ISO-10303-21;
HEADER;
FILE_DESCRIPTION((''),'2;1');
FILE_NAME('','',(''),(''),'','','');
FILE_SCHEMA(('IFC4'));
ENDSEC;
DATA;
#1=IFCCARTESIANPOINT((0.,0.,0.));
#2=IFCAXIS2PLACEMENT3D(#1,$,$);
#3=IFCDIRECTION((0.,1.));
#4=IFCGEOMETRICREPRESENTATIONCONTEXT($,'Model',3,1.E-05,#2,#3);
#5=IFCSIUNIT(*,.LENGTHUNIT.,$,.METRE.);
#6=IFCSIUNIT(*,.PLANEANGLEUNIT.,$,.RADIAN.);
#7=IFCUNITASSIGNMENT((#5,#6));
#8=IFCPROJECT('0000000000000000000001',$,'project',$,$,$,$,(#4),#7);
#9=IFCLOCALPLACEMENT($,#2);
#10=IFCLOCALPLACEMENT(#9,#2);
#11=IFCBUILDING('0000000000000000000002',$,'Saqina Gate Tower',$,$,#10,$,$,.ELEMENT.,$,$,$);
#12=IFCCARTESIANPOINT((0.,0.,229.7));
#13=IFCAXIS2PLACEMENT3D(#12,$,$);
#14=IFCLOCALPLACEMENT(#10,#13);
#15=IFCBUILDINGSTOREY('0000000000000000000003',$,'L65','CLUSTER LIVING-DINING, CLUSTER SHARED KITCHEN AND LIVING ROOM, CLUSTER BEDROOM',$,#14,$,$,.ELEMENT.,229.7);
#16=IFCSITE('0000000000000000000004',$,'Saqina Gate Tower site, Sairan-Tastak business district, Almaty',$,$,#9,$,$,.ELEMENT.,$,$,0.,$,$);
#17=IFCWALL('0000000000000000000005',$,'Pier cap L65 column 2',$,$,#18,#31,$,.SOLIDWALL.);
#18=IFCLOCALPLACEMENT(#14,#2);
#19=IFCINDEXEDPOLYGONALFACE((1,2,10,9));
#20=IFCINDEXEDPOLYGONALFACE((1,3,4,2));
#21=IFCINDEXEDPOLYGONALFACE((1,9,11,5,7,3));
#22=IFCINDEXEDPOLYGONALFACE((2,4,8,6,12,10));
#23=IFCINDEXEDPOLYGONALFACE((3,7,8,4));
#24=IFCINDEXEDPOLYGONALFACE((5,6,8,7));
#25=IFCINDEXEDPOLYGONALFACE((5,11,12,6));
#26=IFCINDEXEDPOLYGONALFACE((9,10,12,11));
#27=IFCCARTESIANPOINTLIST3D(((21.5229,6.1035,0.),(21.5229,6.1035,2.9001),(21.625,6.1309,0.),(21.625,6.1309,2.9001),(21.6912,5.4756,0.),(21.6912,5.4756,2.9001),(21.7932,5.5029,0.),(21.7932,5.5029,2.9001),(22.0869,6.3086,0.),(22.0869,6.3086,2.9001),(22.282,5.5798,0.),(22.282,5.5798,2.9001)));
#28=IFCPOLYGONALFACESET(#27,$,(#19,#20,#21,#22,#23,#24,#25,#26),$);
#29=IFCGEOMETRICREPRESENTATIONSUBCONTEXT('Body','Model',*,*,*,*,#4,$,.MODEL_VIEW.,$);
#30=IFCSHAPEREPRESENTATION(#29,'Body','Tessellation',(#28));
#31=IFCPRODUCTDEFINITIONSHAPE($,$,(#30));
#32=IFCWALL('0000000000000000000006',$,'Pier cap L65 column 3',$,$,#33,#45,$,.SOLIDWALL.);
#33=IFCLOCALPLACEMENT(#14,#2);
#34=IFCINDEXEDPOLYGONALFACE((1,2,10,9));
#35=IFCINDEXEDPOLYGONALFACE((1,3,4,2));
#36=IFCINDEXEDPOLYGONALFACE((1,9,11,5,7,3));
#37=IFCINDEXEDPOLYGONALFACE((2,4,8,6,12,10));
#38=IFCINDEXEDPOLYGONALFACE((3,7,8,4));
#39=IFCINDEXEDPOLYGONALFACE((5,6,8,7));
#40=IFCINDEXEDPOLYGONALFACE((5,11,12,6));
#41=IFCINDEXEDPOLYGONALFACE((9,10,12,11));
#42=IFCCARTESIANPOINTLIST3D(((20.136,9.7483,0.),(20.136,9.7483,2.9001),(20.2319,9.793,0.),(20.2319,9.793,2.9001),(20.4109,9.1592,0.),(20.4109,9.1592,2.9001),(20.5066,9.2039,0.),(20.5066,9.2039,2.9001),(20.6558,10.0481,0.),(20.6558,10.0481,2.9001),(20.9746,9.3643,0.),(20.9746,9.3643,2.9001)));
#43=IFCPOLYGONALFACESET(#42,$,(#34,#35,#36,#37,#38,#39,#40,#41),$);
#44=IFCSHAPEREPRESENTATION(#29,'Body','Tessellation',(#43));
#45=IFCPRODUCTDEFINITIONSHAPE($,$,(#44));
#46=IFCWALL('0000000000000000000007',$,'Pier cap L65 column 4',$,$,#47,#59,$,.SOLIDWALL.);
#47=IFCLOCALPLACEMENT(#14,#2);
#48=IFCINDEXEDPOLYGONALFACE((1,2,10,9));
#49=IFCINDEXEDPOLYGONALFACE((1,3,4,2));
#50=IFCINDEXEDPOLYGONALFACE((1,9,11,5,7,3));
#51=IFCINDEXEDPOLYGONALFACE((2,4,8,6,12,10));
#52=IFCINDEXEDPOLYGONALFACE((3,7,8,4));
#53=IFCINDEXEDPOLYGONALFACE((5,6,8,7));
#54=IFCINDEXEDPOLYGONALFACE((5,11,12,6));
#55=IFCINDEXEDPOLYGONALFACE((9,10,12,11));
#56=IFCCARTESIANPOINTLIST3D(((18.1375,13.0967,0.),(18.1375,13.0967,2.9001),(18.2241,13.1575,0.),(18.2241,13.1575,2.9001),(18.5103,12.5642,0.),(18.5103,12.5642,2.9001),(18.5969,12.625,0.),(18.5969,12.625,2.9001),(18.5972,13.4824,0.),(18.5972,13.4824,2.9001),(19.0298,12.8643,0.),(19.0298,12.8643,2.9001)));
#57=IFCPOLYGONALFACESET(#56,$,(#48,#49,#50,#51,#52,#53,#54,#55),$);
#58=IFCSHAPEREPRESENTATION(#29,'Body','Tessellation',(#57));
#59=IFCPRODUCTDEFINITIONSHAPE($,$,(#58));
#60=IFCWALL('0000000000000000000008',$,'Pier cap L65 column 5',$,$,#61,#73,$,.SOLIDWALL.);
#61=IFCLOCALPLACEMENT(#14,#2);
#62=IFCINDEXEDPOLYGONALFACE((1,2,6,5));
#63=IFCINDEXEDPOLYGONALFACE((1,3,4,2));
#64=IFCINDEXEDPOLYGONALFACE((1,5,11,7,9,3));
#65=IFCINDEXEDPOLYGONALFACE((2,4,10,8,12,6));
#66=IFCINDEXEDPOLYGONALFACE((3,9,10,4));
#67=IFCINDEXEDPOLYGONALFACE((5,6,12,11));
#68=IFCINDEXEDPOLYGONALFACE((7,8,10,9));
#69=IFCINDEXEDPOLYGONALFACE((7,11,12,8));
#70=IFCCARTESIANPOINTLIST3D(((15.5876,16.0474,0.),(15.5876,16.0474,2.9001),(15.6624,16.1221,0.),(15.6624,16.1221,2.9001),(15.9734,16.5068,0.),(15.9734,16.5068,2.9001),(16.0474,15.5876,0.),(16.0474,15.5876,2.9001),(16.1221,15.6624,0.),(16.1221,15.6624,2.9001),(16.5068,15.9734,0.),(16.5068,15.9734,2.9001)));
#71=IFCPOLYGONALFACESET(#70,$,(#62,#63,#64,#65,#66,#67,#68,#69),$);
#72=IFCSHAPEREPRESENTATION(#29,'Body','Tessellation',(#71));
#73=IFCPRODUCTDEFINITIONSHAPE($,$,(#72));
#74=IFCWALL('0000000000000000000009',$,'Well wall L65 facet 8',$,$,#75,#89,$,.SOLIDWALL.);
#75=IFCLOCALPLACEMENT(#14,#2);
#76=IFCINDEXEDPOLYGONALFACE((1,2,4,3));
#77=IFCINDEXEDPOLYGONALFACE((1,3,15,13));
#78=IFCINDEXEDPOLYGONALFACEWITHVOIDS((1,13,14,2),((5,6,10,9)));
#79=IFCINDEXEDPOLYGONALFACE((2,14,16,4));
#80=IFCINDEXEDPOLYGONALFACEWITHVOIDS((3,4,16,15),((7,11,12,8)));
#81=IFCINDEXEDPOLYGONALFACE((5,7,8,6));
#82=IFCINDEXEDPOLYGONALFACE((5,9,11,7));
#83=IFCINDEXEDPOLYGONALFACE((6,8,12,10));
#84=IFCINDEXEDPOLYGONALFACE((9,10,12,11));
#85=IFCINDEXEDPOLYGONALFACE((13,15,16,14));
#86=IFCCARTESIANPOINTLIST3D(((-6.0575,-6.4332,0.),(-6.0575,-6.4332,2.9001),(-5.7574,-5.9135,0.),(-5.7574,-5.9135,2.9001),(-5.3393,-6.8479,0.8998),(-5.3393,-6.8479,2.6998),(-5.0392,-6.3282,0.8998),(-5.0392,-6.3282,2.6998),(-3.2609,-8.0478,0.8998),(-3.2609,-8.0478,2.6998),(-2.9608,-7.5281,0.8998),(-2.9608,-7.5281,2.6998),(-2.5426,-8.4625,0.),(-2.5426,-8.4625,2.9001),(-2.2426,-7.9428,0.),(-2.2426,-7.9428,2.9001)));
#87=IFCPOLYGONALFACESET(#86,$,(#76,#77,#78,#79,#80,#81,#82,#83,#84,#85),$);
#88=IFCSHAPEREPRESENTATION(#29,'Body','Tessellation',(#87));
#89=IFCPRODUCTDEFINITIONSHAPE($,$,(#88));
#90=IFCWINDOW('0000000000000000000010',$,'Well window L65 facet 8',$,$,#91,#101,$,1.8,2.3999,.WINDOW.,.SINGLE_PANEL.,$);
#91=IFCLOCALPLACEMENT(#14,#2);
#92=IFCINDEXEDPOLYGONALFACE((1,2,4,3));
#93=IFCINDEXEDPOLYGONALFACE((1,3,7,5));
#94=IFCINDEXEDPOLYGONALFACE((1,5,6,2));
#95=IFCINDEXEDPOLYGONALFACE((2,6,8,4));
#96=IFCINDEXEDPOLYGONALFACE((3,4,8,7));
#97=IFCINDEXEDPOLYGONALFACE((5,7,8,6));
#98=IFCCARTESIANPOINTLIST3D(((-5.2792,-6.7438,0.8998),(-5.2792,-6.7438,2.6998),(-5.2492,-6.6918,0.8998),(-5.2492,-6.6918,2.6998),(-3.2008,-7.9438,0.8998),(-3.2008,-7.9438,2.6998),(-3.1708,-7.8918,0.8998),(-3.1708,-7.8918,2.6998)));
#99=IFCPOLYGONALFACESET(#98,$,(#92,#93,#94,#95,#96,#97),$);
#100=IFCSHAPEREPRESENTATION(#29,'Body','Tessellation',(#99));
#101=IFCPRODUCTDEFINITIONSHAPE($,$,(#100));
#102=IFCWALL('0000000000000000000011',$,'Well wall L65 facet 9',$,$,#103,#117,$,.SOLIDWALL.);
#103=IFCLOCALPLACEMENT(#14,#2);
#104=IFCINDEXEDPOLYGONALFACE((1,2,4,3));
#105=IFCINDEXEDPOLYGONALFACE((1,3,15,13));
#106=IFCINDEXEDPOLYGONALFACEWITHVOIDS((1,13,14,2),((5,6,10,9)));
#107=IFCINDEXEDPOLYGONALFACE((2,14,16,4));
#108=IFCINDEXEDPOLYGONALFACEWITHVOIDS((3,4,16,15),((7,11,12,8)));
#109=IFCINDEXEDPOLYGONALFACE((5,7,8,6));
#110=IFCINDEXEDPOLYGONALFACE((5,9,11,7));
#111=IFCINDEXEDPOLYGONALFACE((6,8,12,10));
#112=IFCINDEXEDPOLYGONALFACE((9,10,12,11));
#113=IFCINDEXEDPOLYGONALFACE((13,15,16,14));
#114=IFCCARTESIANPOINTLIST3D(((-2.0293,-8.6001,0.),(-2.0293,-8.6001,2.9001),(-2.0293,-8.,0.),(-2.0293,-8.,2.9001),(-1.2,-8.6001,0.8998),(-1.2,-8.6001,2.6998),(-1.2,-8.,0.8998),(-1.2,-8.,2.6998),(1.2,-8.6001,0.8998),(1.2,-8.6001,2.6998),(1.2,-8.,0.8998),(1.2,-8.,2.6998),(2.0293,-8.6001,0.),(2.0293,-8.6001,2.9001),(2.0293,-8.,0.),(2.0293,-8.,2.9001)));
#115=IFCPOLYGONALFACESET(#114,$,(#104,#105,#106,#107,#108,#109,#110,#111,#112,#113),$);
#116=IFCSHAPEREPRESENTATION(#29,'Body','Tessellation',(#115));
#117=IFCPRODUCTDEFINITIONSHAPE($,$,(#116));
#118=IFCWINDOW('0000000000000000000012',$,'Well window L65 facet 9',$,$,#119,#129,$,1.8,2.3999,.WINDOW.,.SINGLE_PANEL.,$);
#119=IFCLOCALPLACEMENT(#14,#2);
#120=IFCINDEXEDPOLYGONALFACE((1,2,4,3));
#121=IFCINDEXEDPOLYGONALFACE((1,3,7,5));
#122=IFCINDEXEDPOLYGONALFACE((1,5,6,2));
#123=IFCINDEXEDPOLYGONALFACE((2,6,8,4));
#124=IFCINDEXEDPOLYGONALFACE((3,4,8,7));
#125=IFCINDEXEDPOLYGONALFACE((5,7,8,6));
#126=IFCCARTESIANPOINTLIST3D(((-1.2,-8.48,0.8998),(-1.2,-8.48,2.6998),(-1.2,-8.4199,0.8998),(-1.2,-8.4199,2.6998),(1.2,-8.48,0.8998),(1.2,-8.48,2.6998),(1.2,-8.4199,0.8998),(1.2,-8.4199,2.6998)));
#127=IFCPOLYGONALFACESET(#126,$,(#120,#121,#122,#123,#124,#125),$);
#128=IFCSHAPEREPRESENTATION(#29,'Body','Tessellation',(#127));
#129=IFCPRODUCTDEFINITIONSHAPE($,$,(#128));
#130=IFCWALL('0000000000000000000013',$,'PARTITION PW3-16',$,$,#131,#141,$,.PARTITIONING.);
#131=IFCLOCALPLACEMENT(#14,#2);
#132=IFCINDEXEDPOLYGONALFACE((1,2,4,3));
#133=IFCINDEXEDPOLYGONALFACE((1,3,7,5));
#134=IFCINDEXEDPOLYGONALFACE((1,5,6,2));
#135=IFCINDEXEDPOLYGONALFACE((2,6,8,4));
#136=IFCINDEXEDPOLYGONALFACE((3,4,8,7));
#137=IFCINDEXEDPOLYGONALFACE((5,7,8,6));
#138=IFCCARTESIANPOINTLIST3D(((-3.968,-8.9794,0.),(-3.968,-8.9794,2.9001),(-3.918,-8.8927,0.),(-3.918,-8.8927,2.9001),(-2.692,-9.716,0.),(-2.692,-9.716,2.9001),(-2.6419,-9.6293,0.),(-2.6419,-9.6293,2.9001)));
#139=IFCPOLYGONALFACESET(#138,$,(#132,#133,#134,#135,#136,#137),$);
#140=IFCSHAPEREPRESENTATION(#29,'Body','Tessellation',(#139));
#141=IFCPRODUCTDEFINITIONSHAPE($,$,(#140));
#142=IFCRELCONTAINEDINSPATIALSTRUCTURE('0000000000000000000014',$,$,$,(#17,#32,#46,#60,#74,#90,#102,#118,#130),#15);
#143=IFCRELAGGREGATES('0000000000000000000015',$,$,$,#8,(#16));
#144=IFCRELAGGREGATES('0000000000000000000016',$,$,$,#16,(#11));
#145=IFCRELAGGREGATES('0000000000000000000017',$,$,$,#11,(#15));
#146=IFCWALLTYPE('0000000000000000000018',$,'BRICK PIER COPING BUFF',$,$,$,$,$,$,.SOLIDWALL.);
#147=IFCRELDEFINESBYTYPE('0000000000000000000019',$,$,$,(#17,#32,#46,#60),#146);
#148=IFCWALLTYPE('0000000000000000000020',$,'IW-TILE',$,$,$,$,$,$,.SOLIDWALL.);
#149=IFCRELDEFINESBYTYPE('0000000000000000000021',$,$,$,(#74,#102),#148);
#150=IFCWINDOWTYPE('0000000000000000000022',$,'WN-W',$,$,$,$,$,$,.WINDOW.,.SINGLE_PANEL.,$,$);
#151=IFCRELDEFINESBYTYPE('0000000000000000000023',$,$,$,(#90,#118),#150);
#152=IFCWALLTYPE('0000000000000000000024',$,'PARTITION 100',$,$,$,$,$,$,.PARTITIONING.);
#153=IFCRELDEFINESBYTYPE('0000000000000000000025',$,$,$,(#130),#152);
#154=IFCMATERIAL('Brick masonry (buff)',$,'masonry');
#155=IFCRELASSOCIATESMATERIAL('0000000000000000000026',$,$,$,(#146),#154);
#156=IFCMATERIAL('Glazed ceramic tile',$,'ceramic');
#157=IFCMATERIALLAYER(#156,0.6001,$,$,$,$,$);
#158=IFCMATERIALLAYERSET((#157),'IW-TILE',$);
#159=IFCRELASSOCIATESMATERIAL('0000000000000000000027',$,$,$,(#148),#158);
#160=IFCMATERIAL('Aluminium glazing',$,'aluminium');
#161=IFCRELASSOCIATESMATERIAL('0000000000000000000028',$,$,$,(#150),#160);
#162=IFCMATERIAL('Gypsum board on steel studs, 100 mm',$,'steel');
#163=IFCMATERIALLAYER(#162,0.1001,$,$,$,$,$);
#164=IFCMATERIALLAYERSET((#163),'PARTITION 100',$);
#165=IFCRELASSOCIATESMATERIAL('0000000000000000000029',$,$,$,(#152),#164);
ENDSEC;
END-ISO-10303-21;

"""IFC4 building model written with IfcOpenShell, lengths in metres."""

from ifc_helpers import new_model, si_unit, direction, frame, frame_2d, origin, place, context, subcontext, project, spatial, polyline, rectangle, outline, extrude, material, layer, layer_set, type_object, element, fill, save


model = new_model("IFC4")

# Units and contexts
model_context = context("Model", 3, precision=1e-05, world=origin(), true_north=direction((0.0, 1.0)))
body_context = subcontext(model_context, "Body", "Model", "MODEL_VIEW")
ifc_project = project(units=[si_unit("LENGTHUNIT", "METRE"), si_unit("PLANEANGLEUNIT", "RADIAN")], contexts=[model_context])

# Site, building, storey
site_placement = place(None, origin())
site = spatial("IfcSite", under=ifc_project, at=site_placement, Name="Saqina Gate Tower site, Sairan-Tastak business district, Almaty", CompositionType="ELEMENT", RefElevation=0.0)
building_placement = place(site_placement, origin())
building = spatial("IfcBuilding", under=site, at=building_placement, Name="Saqina Gate Tower", CompositionType="ELEMENT")
storey_placement = place(building_placement, frame((0.0, 0.0, 229.7)))
storey = spatial("IfcBuildingStorey", under=building, at=storey_placement, Name="L65", Description="CLUSTER LIVING-DINING, CLUSTER SHARED KITCHEN AND LIVING ROOM, CLUSTER BEDROOM", CompositionType="ELEMENT", Elevation=229.7)

# Walls
ifc_material_1 = material(Name="Brick masonry (buff)", Category="masonry")
wall_type_1 = type_object("IfcWallType", Name="BRICK PIER COPING BUFF", PredefinedType="SOLIDWALL", material=ifc_material_1)
wall_1_placement = place(storey_placement, origin())
element("IfcWall", 1, at=wall_1_placement, inside=storey, type_object=wall_type_1, Name="Pier cap L65 column 2", PredefinedType="SOLIDWALL", context=body_context, shape_type="SweptSolid", body=[
    extrude(outline(polyline([(22.0869, 6.3086), (21.5229, 6.1035), (21.625, 6.1309), (21.7932, 5.5029), (21.6912, 5.4756), (22.282, 5.5798), (22.0869, 6.3086)])), origin(), (0.0, 0.0, 1.0), 2.9001),
])
wall_2_placement = place(storey_placement, origin())
element("IfcWall", 2, at=wall_2_placement, inside=storey, type_object=wall_type_1, Name="Pier cap L65 column 3", PredefinedType="SOLIDWALL", context=body_context, shape_type="SweptSolid", body=[
    extrude(outline(polyline([(20.9746, 9.3643), (20.6558, 10.0481), (20.136, 9.7483), (20.2319, 9.793), (20.5066, 9.2039), (20.4109, 9.1592), (20.9746, 9.3643)])), origin(), (0.0, 0.0, 1.0), 2.9001),
])
wall_3_placement = place(storey_placement, origin())
element("IfcWall", 3, at=wall_3_placement, inside=storey, type_object=wall_type_1, Name="Pier cap L65 column 4", PredefinedType="SOLIDWALL", context=body_context, shape_type="SweptSolid", body=[
    extrude(outline(polyline([(19.0298, 12.8643), (18.5972, 13.4824), (18.1375, 13.0967), (18.2241, 13.1575), (18.5969, 12.625), (18.5103, 12.5642), (19.0298, 12.8643)])), origin(), (0.0, 0.0, 1.0), 2.9001),
])
wall_4_placement = place(storey_placement, origin())
element("IfcWall", 4, at=wall_4_placement, inside=storey, type_object=wall_type_1, Name="Pier cap L65 column 5", PredefinedType="SOLIDWALL", context=body_context, shape_type="SweptSolid", body=[
    extrude(outline(polyline([(15.9734, 16.5068), (15.5876, 16.0474), (15.6624, 16.1221), (16.1221, 15.6624), (16.0474, 15.5876), (16.5068, 15.9734), (15.9734, 16.5068)])), origin(), (0.0, 0.0, 1.0), 2.9001),
])

# Walls, openings, windows
ifc_material_2 = material(Name="Glazed ceramic tile", Category="ceramic")
ifc_layer_1 = layer(ifc_material_2, 0.6001)
ifc_layer_set_1 = layer_set([ifc_layer_1], Name="IW-TILE")
wall_type_2 = type_object("IfcWallType", Name="IW-TILE", PredefinedType="SOLIDWALL", material=ifc_layer_set_1)
wall_5_placement = place(storey_placement, frame((-5.9075, -6.1733, 0.0), z_axis=(0.0, 0.0, 1.0), x_axis=(0.866028, -0.499995, 0.0)))
wall_5 = element("IfcWall", 5, at=wall_5_placement, inside=storey, type_object=wall_type_2, Name="Well wall L65 facet 8", PredefinedType="SOLIDWALL", context=body_context, shape_type="SweptSolid", body=[
    extrude(rectangle(XDim=4.0586, YDim=0.6001, at=frame_2d((2.0293, 0.0))), origin(), (0.0, 0.0, 1.0), 2.9001),
])
opening_1_placement = place(wall_5_placement, frame((0.8293, 0.0, 0.8999)))
opening_1 = element("IfcOpeningElement", 6, at=opening_1_placement, cuts=wall_5, PredefinedType="OPENING", context=body_context, shape_type="SweptSolid", body=[
    extrude(rectangle(XDim=2.3999, YDim=1.8, at=frame_2d((1.2, 0.8999))), frame((0.0, 0.312, 0.0), z_axis=(0.0, -1.0, 0.0), x_axis=(1.0, 0.0, 0.0)), (0.0, 0.0, 1.0), 0.624),
])
ifc_material_3 = material(Name="Aluminium glazing", Category="aluminium")
window_type = type_object("IfcWindowType", Name="WN-W", PartitioningType="SINGLE_PANEL", PredefinedType="WINDOW", material=ifc_material_3)
window_1_placement = place(opening_1_placement, origin())
window_1 = element("IfcWindow", 7, at=window_1_placement, inside=storey, type_object=window_type, Name="Well window L65 facet 8", OverallHeight=1.8, OverallWidth=2.3999, PartitioningType="SINGLE_PANEL", PredefinedType="WINDOW", context=body_context, shape_type="SweptSolid", body=[
    extrude(rectangle(XDim=2.3999, YDim=1.8, at=frame_2d((1.2, 0.8999))), frame((0.0, -0.1199, 0.0), z_axis=(0.0, -1.0, 0.0), x_axis=(1.0, 0.0, 0.0)), (0.0, 0.0, 1.0), 0.0601),
])
fill(opening_1, window_1)
wall_6_placement = place(storey_placement, frame((-2.0293, -8.3, 0.0), z_axis=(0.0, 0.0, 1.0), x_axis=(1.0, 0.0, 0.0)))
wall_6 = element("IfcWall", 8, at=wall_6_placement, inside=storey, type_object=wall_type_2, Name="Well wall L65 facet 9", PredefinedType="SOLIDWALL", context=body_context, shape_type="SweptSolid", body=[
    extrude(rectangle(XDim=4.0586, YDim=0.6001, at=frame_2d((2.0293, 0.0))), origin(), (0.0, 0.0, 1.0), 2.9001),
])
opening_2_placement = place(wall_6_placement, frame((0.8293, 0.0, 0.8999)))
opening_2 = element("IfcOpeningElement", 9, at=opening_2_placement, cuts=wall_6, PredefinedType="OPENING", context=body_context, shape_type="SweptSolid", body=[
    extrude(rectangle(XDim=2.3999, YDim=1.8, at=frame_2d((1.2, 0.8999))), frame((0.0, 0.312, 0.0), z_axis=(0.0, -1.0, 0.0), x_axis=(1.0, 0.0, 0.0)), (0.0, 0.0, 1.0), 0.624),
])
window_2_placement = place(opening_2_placement, origin())
window_2 = element("IfcWindow", 10, at=window_2_placement, inside=storey, type_object=window_type, Name="Well window L65 facet 9", OverallHeight=1.8, OverallWidth=2.3999, PartitioningType="SINGLE_PANEL", PredefinedType="WINDOW", context=body_context, shape_type="SweptSolid", body=[
    extrude(rectangle(XDim=2.3999, YDim=1.8, at=frame_2d((1.2, 0.8999))), frame((0.0, -0.1199, 0.0), z_axis=(0.0, -1.0, 0.0), x_axis=(1.0, 0.0, 0.0)), (0.0, 0.0, 1.0), 0.0601),
])
fill(opening_2, window_2)

# Wall
ifc_material_4 = material(Name="Gypsum board on steel studs, 100 mm", Category="steel")
ifc_layer_2 = layer(ifc_material_4, 0.1001)
ifc_layer_set_2 = layer_set([ifc_layer_2], Name="PARTITION 100")
wall_type_3 = type_object("IfcWallType", Name="PARTITION 100", PredefinedType="PARTITIONING", material=ifc_layer_set_2)
wall_7_placement = place(storey_placement, frame((-3.9431, -8.936, 0.0), z_axis=(0.0, 0.0, 1.0), x_axis=(0.866084, -0.499899, 0.0)))
element("IfcWall", 11, at=wall_7_placement, inside=storey, type_object=wall_type_3, Name="PARTITION PW3-16", PredefinedType="PARTITIONING", context=body_context, shape_type="SweptSolid", body=[
    extrude(rectangle(XDim=1.4734, YDim=0.1001, at=frame_2d((0.7368, 0.0))), origin(), (0.0, 0.0, 1.0), 2.9001),
])

save(model, "model.ifc")
